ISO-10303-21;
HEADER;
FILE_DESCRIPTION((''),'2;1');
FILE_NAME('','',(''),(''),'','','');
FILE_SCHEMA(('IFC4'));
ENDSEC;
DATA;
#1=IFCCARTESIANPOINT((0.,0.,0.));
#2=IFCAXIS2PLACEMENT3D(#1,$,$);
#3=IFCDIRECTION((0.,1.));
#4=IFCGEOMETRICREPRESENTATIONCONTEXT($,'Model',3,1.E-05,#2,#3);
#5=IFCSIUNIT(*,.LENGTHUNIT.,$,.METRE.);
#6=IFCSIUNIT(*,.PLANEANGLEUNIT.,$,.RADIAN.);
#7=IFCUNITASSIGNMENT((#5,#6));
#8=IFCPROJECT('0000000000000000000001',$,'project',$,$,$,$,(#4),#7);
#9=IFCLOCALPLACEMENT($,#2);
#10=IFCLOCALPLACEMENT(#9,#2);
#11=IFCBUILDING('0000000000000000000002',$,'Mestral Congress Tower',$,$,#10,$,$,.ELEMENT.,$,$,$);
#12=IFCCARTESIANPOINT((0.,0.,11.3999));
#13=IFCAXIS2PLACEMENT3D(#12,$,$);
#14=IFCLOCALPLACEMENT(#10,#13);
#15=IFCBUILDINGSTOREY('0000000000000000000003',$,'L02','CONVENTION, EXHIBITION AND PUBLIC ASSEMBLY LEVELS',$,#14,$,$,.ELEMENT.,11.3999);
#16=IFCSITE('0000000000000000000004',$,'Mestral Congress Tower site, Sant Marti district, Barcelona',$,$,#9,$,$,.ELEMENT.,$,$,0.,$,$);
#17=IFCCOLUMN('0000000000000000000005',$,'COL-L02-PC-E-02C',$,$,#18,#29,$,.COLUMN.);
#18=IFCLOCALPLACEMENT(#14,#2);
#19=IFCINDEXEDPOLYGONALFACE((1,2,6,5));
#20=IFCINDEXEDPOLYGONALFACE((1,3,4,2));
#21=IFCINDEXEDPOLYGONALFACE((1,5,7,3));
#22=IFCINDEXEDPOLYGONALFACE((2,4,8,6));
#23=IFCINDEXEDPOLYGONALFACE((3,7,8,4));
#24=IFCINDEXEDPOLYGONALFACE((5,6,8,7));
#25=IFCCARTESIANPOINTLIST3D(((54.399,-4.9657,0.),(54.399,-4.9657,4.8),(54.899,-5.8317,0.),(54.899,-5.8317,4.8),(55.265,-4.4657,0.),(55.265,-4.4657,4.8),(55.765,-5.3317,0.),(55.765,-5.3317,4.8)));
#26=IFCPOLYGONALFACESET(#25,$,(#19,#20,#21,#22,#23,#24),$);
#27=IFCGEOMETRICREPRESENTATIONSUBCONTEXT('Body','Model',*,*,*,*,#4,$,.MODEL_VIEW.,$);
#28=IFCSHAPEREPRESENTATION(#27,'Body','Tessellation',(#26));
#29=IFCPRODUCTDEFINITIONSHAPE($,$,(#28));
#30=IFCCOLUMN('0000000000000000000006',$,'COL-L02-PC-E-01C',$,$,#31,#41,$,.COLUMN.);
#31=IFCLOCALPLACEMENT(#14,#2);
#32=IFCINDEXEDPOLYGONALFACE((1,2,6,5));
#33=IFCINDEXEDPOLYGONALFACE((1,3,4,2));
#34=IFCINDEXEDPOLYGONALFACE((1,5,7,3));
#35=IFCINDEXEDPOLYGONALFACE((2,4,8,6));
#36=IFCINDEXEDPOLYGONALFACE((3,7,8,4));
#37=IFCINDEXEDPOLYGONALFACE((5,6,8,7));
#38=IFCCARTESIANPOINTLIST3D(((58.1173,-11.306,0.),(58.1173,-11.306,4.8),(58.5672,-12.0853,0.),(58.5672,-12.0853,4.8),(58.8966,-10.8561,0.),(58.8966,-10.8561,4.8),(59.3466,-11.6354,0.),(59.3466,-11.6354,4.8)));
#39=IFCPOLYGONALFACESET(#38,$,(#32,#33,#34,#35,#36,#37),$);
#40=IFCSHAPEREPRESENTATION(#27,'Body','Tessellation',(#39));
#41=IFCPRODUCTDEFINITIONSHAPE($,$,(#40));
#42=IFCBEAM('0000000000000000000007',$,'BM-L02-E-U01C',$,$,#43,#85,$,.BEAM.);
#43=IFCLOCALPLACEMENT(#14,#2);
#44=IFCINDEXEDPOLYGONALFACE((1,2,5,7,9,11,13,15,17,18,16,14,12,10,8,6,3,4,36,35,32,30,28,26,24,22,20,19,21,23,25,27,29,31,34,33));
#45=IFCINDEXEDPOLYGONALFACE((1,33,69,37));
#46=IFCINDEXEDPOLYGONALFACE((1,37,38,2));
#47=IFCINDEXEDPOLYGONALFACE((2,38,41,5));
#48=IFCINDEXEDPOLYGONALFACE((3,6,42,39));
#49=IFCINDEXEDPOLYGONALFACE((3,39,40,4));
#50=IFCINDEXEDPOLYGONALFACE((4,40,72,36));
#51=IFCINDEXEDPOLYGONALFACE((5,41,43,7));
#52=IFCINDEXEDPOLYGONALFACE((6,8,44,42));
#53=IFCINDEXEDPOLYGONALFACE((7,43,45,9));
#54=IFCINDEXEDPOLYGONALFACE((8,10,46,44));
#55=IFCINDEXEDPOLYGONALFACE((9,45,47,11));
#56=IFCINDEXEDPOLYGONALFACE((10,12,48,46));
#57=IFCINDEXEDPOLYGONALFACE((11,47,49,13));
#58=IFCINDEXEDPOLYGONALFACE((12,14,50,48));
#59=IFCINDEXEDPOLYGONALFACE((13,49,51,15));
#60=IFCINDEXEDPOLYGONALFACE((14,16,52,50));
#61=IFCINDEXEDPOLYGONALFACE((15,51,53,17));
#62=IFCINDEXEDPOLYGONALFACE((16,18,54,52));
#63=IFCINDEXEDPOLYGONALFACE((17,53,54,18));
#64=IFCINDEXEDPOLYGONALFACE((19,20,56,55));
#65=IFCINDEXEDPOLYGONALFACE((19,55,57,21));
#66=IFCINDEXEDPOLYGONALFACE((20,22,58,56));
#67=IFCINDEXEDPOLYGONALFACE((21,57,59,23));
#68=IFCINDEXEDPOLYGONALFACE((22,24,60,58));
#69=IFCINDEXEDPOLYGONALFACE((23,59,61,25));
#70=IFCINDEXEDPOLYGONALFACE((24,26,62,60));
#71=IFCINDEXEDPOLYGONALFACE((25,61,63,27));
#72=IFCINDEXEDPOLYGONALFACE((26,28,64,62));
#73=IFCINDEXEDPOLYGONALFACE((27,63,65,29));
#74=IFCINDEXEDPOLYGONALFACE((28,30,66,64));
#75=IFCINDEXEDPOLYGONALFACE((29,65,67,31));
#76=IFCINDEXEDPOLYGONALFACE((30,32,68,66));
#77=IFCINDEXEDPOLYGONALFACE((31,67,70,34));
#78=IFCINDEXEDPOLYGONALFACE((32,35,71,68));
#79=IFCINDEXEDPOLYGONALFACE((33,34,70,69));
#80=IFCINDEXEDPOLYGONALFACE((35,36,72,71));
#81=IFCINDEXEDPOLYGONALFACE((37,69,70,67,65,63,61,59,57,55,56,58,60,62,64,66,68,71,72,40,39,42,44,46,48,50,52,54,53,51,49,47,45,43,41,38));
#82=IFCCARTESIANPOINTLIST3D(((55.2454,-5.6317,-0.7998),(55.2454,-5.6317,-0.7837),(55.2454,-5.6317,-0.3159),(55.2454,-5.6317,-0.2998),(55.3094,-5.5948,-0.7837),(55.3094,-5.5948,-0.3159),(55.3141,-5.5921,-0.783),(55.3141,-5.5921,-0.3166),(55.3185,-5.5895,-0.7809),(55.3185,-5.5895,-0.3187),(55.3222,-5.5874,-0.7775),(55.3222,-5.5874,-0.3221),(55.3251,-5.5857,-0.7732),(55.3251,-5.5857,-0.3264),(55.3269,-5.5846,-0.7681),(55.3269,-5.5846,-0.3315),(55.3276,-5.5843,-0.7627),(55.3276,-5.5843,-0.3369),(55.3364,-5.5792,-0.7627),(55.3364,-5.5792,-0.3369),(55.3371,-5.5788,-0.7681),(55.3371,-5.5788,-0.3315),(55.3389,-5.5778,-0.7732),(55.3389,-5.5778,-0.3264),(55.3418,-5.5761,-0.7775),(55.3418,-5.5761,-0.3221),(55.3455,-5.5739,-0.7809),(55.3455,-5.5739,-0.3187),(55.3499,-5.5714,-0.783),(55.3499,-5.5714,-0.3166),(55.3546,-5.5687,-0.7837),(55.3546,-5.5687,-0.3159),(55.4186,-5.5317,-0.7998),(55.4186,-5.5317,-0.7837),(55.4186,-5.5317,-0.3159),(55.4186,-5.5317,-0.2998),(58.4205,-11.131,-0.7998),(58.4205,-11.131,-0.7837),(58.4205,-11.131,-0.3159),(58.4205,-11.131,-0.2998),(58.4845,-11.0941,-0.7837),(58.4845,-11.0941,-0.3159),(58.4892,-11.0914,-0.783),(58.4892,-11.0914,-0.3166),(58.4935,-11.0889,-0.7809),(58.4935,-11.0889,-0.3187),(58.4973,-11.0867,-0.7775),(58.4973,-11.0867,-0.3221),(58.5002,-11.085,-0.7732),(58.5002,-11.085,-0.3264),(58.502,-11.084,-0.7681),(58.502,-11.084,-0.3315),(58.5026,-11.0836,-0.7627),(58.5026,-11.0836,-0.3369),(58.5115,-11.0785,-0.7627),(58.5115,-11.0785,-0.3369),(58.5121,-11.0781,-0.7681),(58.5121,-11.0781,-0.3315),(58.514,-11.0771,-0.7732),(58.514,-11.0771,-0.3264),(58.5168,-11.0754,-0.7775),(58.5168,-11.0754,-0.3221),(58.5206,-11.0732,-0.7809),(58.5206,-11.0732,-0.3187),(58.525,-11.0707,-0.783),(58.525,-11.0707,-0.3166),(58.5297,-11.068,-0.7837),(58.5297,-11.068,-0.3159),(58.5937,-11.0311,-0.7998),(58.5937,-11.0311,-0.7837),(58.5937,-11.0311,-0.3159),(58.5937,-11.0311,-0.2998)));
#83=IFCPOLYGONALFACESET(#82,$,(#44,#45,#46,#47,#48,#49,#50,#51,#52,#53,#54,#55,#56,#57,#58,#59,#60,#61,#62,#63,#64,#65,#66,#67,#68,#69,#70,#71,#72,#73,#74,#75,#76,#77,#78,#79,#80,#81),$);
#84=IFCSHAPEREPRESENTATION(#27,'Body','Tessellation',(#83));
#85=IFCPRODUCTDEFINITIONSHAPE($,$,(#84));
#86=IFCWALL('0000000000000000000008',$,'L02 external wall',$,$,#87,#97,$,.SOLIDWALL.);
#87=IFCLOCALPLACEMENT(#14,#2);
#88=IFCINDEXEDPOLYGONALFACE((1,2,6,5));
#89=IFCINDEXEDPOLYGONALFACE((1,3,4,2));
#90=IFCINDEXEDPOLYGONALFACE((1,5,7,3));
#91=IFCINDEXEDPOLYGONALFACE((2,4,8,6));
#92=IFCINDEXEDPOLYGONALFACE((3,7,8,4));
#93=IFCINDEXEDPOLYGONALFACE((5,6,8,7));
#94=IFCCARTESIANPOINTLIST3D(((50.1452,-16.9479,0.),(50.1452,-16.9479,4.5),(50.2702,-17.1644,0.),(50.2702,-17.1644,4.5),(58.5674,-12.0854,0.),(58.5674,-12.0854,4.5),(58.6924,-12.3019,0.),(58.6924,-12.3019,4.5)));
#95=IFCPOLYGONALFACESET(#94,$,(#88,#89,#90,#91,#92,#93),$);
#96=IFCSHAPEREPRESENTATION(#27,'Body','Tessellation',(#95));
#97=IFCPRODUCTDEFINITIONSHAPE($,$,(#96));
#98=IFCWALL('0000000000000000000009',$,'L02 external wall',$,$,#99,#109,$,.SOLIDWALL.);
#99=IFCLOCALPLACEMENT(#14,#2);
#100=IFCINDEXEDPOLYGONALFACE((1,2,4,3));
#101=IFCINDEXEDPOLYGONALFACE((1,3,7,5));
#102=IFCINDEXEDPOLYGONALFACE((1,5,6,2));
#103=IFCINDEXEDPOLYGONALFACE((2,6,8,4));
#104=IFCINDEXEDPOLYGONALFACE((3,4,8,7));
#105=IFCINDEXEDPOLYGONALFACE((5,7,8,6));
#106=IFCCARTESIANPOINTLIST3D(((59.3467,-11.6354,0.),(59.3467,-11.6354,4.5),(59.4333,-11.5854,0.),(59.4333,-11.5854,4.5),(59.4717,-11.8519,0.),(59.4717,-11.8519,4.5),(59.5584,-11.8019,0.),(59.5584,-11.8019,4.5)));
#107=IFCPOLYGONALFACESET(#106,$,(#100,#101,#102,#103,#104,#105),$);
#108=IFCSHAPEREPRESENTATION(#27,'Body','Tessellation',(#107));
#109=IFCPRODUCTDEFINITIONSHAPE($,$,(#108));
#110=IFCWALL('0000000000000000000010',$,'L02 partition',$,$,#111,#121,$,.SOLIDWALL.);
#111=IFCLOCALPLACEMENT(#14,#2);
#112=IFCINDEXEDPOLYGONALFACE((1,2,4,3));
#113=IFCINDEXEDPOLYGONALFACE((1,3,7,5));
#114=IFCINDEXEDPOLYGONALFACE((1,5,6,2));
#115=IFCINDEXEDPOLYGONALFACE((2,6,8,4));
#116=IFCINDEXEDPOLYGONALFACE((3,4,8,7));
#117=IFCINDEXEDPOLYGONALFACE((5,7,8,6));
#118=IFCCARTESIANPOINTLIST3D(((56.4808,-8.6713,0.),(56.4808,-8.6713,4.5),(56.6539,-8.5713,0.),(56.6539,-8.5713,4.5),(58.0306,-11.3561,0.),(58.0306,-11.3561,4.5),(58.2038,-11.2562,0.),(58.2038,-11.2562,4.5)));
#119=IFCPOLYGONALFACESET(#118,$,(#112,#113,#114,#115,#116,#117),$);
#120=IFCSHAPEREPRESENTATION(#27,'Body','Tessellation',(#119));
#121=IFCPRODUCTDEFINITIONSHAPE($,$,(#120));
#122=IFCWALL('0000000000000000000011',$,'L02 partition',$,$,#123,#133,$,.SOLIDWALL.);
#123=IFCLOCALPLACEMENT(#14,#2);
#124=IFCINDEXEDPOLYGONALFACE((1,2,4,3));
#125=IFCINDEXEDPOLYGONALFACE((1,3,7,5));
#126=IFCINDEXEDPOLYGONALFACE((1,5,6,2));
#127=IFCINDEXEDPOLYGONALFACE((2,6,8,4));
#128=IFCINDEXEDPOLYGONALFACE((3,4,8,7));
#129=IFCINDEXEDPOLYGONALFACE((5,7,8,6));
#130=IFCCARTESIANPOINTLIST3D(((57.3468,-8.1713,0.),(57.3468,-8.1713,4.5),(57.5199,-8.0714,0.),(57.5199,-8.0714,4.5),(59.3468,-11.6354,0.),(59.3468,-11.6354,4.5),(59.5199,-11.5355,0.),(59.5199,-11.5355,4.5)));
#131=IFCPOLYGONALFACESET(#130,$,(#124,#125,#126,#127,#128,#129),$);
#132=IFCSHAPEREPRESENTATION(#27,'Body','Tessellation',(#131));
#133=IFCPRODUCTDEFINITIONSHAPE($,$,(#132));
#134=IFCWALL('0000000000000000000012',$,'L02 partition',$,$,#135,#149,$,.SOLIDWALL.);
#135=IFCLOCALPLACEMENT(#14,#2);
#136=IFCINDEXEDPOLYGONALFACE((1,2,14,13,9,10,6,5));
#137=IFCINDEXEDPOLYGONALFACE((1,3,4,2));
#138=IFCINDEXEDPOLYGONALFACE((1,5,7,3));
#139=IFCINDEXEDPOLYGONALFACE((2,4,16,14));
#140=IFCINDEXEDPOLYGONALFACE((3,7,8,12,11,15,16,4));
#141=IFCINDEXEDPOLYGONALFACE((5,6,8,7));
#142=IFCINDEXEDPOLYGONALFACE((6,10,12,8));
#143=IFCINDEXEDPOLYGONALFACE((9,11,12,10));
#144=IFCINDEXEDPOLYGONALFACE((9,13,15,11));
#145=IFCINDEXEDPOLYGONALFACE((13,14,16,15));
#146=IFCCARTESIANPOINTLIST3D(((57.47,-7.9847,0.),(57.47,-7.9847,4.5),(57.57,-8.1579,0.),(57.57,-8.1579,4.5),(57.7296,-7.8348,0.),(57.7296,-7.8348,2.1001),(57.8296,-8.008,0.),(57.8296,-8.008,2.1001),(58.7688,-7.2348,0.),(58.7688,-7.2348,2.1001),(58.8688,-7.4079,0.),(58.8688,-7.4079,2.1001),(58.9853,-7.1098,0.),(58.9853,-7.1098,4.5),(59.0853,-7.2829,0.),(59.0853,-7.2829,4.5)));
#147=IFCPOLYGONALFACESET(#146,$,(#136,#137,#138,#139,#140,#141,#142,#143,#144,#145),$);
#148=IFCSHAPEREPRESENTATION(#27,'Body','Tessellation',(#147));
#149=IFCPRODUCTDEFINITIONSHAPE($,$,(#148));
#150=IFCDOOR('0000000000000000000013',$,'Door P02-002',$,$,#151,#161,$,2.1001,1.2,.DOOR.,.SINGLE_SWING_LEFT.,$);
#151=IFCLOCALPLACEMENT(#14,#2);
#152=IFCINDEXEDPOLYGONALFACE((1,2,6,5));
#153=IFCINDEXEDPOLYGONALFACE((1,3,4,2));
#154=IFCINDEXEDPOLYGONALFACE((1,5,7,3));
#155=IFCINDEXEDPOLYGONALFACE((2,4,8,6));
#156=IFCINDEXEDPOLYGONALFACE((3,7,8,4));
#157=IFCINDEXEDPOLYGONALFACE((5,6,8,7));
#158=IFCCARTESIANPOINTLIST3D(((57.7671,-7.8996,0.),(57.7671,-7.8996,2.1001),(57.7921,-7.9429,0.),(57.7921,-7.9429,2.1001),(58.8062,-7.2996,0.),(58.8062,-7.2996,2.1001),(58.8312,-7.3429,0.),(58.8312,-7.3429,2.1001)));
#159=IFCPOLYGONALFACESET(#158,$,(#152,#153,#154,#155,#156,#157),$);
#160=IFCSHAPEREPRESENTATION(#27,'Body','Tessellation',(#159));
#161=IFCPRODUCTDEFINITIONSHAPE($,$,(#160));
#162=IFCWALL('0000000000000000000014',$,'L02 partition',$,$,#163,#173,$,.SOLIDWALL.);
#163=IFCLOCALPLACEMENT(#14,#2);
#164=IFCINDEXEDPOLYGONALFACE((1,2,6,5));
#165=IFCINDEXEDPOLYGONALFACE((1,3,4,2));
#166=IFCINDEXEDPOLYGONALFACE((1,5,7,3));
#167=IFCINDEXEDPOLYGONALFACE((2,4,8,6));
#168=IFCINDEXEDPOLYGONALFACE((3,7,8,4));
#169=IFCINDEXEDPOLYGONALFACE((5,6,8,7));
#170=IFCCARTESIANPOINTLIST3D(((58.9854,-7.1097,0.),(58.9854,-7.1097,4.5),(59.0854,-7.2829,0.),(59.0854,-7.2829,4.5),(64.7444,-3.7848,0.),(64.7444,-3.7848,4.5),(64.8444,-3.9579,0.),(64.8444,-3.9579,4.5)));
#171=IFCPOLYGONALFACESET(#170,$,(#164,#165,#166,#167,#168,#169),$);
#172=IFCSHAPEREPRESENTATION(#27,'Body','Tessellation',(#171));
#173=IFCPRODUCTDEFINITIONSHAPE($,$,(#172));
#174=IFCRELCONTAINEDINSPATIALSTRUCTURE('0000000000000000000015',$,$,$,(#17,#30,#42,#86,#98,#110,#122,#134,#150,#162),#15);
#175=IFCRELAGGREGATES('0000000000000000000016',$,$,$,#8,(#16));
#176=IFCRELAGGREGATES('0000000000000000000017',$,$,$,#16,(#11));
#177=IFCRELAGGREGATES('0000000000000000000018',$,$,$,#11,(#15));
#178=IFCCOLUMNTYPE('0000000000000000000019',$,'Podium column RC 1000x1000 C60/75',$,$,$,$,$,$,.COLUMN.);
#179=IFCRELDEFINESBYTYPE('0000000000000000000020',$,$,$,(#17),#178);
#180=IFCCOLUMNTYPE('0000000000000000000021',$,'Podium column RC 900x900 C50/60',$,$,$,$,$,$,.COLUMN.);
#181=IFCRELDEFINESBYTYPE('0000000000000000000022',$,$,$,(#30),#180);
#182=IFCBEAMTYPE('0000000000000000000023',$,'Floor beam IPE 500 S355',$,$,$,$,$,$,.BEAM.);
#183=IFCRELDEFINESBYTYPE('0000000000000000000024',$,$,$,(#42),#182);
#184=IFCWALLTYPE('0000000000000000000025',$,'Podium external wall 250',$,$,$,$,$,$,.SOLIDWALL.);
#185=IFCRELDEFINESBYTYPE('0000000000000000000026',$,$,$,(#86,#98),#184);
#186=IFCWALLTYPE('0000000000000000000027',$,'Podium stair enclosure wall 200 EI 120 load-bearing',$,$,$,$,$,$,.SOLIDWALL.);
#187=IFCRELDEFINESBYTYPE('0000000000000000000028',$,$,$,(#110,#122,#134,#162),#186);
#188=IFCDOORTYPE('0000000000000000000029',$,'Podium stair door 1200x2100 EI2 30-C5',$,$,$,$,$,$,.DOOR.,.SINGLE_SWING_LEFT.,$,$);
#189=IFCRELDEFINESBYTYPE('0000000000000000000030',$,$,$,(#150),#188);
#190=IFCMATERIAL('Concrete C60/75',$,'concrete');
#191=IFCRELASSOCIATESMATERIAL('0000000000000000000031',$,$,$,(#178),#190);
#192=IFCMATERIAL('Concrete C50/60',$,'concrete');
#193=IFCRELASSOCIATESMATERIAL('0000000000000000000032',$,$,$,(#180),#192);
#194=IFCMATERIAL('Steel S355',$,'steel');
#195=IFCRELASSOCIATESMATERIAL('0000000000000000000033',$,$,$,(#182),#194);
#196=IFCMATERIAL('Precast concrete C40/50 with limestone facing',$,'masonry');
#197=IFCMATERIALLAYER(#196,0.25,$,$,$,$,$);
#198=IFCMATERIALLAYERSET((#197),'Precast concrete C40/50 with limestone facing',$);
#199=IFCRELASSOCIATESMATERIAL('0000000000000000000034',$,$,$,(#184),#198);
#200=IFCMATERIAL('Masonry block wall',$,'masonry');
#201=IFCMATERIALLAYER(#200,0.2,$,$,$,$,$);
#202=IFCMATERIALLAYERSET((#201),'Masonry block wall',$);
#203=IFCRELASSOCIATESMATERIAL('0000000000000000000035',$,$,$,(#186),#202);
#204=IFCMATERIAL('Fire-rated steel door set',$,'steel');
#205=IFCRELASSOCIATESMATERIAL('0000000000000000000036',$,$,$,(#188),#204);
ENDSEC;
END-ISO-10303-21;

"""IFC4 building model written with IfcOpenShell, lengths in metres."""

from ifc_helpers import new_model, si_unit, direction, frame, frame_2d, origin, origin_2d, place, context, subcontext, project, spatial, rectangle, i_section, extrude, material, layer, layer_set, material_profile, profile_set, type_object, element, fill, save


model = new_model("IFC4")

# Units and contexts
model_context = context("Model", 3, precision=1e-05, world=origin(), true_north=direction((0.0, 1.0)))
body_context = subcontext(model_context, "Body", "Model", "MODEL_VIEW")
ifc_project = project(units=[si_unit("LENGTHUNIT", "METRE"), si_unit("PLANEANGLEUNIT", "RADIAN")], contexts=[model_context])

# Site, building, storey
site_placement = place(None, origin())
site = spatial("IfcSite", under=ifc_project, at=site_placement, Name="Mestral Congress Tower site, Sant Marti district, Barcelona", CompositionType="ELEMENT", RefElevation=0.0)
building_placement = place(site_placement, origin())
building = spatial("IfcBuilding", under=site, at=building_placement, Name="Mestral Congress Tower", CompositionType="ELEMENT")
storey_placement = place(building_placement, frame((0.0, 0.0, 11.3999)))
storey = spatial("IfcBuildingStorey", under=building, at=storey_placement, Name="L02", Description="CONVENTION, EXHIBITION AND PUBLIC ASSEMBLY LEVELS", CompositionType="ELEMENT", Elevation=11.3999)

# Columns
ifc_material_1 = material(Name="Concrete C60/75", Category="concrete")
ifc_material_profile_1 = material_profile(ifc_material_1, rectangle(XDim=1.0, YDim=1.0, at=origin_2d()), Name="RC 1000x1000")
ifc_profile_set_1 = profile_set([ifc_material_profile_1], Name="Concrete C60/75")
column_type_1 = type_object("IfcColumnType", Name="Podium column RC 1000x1000 C60/75", PredefinedType="COLUMN", material=ifc_profile_set_1)
column_1_placement = place(storey_placement, frame((55.082, -5.1487, 0.0), z_axis=(0.0, 0.0, 1.0), x_axis=(-0.5, 0.866025, 0.0)))
element("IfcColumn", 1, at=column_1_placement, inside=storey, type_object=column_type_1, Name="COL-L02-PC-E-02C", PredefinedType="COLUMN", context=body_context, shape_type="SweptSolid", body=[
    extrude(rectangle(XDim=1.0, YDim=1.0, at=origin_2d()), origin(), (0.0, 0.0, 1.0), 4.8),
])
ifc_material_2 = material(Name="Concrete C50/60", Category="concrete")
ifc_material_profile_2 = material_profile(ifc_material_2, rectangle(XDim=0.8999, YDim=0.8999, at=origin_2d()), Name="RC 900x900")
ifc_profile_set_2 = profile_set([ifc_material_profile_2], Name="Concrete C50/60")
column_type_2 = type_object("IfcColumnType", Name="Podium column RC 900x900 C50/60", PredefinedType="COLUMN", material=ifc_profile_set_2)
column_2_placement = place(storey_placement, frame((58.7319, -11.4707, 0.0), z_axis=(0.0, 0.0, 1.0), x_axis=(-0.5, 0.866025, 0.0)))
element("IfcColumn", 2, at=column_2_placement, inside=storey, type_object=column_type_2, Name="COL-L02-PC-E-01C", PredefinedType="COLUMN", context=body_context, shape_type="SweptSolid", body=[
    extrude(rectangle(XDim=0.8999, YDim=0.8999, at=origin_2d()), origin(), (0.0, 0.0, 1.0), 4.8),
])

# Beam
ifc_material_3 = material(Name="Steel S355", Category="steel")
ifc_material_profile_3 = material_profile(ifc_material_3, i_section(OverallWidth=0.2, OverallDepth=0.5, WebThickness=0.0103, FlangeThickness=0.0161, FilletRadius=0.021, at=origin_2d()), Name="IPE 500")
ifc_profile_set_3 = profile_set([ifc_material_profile_3], Name="Steel S355")
beam_type = type_object("IfcBeamType", Name="Floor beam IPE 500 S355", PredefinedType="BEAM", material=ifc_profile_set_3)
beam_placement = place(storey_placement, frame((58.5071, -11.0811, -0.5498), z_axis=(-0.500005, 0.866022, 0.0), x_axis=(-0.866022, -0.500005, 0.0)))
element("IfcBeam", 3, at=beam_placement, inside=storey, type_object=beam_type, Name="BM-L02-E-U01C", PredefinedType="BEAM", context=body_context, shape_type="SweptSolid", body=[
    extrude(i_section(OverallWidth=0.2, OverallDepth=0.5, WebThickness=0.0103, FlangeThickness=0.0161, FilletRadius=0.021, at=origin_2d()), origin(), (0.0, 0.0, 1.0), 6.3501),
])

# Walls
ifc_material_4 = material(Name="Precast concrete C40/50 with limestone facing", Category="masonry")
ifc_layer_1 = layer(ifc_material_4, 0.25)
ifc_layer_set_1 = layer_set([ifc_layer_1], Name="Precast concrete C40/50 with limestone facing")
wall_type_1 = type_object("IfcWallType", Name="Podium external wall 250", PredefinedType="SOLIDWALL", material=ifc_layer_set_1)
wall_1_placement = place(storey_placement, frame((58.6299, -12.1936, 0.0), z_axis=(0.0, 0.0, 1.0), x_axis=(-0.866024, -0.500003, 0.0)))
element("IfcWall", 4, at=wall_1_placement, inside=storey, type_object=wall_type_1, Name="L02 external wall", PredefinedType="SOLIDWALL", context=body_context, shape_type="SweptSolid", body=[
    extrude(rectangle(XDim=9.7251, YDim=0.25, at=frame_2d((4.8625, 0.0))), origin(), (0.0, 0.0, 1.0), 4.5),
])
wall_2_placement = place(storey_placement, frame((59.4958, -11.6936, 0.0), z_axis=(0.0, 0.0, 1.0), x_axis=(-0.865982, -0.500074, 0.0)))
element("IfcWall", 5, at=wall_2_placement, inside=storey, type_object=wall_type_1, Name="L02 external wall", PredefinedType="SOLIDWALL", context=body_context, shape_type="SweptSolid", body=[
    extrude(rectangle(XDim=0.1001, YDim=0.25, at=frame_2d((0.05, 0.0))), origin(), (0.0, 0.0, 1.0), 4.5),
])
ifc_material_5 = material(Name="Masonry block wall", Category="masonry")
ifc_layer_2 = layer(ifc_material_5, 0.2)
ifc_layer_set_2 = layer_set([ifc_layer_2], Name="Masonry block wall")
wall_type_2 = type_object("IfcWallType", Name="Podium stair enclosure wall 200 EI 120 load-bearing", PredefinedType="SOLIDWALL", material=ifc_layer_set_2)
wall_3_placement = place(storey_placement, frame((58.1172, -11.3062, 0.0), z_axis=(0.0, 0.0, 1.0), x_axis=(-0.499934, 0.866064, 0.0)))
element("IfcWall", 6, at=wall_3_placement, inside=storey, type_object=wall_type_2, Name="L02 partition", PredefinedType="SOLIDWALL", context=body_context, shape_type="SweptSolid", body=[
    extrude(rectangle(XDim=3.1001, YDim=0.2, at=frame_2d((1.55, 0.0))), origin(), (0.0, 0.0, 1.0), 4.5),
])
wall_4_placement = place(storey_placement, frame((59.4333, -11.5854, 0.0), z_axis=(0.0, 0.0, 1.0), x_axis=(-0.499999, 0.866026, 0.0)))
element("IfcWall", 7, at=wall_4_placement, inside=storey, type_object=wall_type_2, Name="L02 partition", PredefinedType="SOLIDWALL", context=body_context, shape_type="SweptSolid", body=[
    extrude(rectangle(XDim=4.0, YDim=0.2, at=frame_2d((2.0, 0.0))), origin(), (0.0, 0.0, 1.0), 4.5),
])

# Wall, opening, door
wall_5_placement = place(storey_placement, frame((59.0354, -7.1963, 0.0), z_axis=(0.0, 0.0, 1.0), x_axis=(-0.866002, -0.50004, 0.0)))
wall_5 = element("IfcWall", 8, at=wall_5_placement, inside=storey, type_object=wall_type_2, Name="L02 partition", PredefinedType="SOLIDWALL", context=body_context, shape_type="SweptSolid", body=[
    extrude(rectangle(XDim=1.7498, YDim=0.2, at=frame_2d((0.875, 0.0))), origin(), (0.0, 0.0, 1.0), 4.5),
])
opening_1_placement = place(wall_5_placement, frame((0.25, 0.0, 0.0)))
opening_1 = element("IfcOpeningElement", 9, at=opening_1_placement, cuts=wall_5, PredefinedType="OPENING", context=body_context, shape_type="SweptSolid", body=[
    extrude(rectangle(XDim=1.2, YDim=2.1001, at=frame_2d((0.6001, 1.05))), frame((0.0, 0.1099, 0.0), z_axis=(0.0, -1.0, 0.0), x_axis=(1.0, 0.0, 0.0)), (0.0, 0.0, 1.0), 0.22),
])
ifc_material_6 = material(Name="Fire-rated steel door set", Category="steel")
door_type_1 = type_object("IfcDoorType", Name="Podium stair door 1200x2100 EI2 30-C5", OperationType="SINGLE_SWING_LEFT", PredefinedType="DOOR", material=ifc_material_6)
door_1_placement = place(opening_1_placement, origin())
door_1 = element("IfcDoor", 10, at=door_1_placement, inside=storey, type_object=door_type_1, Name="Door P02-002", OperationType="SINGLE_SWING_LEFT", OverallHeight=2.1001, OverallWidth=1.2, PredefinedType="DOOR", context=body_context, shape_type="SweptSolid", body=[
    extrude(rectangle(XDim=1.2, YDim=2.1001, at=frame_2d((0.6001, 1.05))), frame((0.0, 0.0249, 0.0), z_axis=(0.0, -1.0, 0.0), x_axis=(1.0, 0.0, 0.0)), (0.0, 0.0, 1.0), 0.05),
])
fill(opening_1, door_1)

# Wall
wall_6_placement = place(storey_placement, frame((59.0354, -7.1963, 0.0), z_axis=(0.0, 0.0, 1.0), x_axis=(0.866027, 0.499997, 0.0)))
element("IfcWall", 11, at=wall_6_placement, inside=storey, type_object=wall_type_2, Name="L02 partition", PredefinedType="SOLIDWALL", context=body_context, shape_type="SweptSolid", body=[
    extrude(rectangle(XDim=6.6499, YDim=0.2, at=frame_2d((3.325, 0.0))), origin(), (0.0, 0.0, 1.0), 4.5),
])

save(model, "model.ifc")
